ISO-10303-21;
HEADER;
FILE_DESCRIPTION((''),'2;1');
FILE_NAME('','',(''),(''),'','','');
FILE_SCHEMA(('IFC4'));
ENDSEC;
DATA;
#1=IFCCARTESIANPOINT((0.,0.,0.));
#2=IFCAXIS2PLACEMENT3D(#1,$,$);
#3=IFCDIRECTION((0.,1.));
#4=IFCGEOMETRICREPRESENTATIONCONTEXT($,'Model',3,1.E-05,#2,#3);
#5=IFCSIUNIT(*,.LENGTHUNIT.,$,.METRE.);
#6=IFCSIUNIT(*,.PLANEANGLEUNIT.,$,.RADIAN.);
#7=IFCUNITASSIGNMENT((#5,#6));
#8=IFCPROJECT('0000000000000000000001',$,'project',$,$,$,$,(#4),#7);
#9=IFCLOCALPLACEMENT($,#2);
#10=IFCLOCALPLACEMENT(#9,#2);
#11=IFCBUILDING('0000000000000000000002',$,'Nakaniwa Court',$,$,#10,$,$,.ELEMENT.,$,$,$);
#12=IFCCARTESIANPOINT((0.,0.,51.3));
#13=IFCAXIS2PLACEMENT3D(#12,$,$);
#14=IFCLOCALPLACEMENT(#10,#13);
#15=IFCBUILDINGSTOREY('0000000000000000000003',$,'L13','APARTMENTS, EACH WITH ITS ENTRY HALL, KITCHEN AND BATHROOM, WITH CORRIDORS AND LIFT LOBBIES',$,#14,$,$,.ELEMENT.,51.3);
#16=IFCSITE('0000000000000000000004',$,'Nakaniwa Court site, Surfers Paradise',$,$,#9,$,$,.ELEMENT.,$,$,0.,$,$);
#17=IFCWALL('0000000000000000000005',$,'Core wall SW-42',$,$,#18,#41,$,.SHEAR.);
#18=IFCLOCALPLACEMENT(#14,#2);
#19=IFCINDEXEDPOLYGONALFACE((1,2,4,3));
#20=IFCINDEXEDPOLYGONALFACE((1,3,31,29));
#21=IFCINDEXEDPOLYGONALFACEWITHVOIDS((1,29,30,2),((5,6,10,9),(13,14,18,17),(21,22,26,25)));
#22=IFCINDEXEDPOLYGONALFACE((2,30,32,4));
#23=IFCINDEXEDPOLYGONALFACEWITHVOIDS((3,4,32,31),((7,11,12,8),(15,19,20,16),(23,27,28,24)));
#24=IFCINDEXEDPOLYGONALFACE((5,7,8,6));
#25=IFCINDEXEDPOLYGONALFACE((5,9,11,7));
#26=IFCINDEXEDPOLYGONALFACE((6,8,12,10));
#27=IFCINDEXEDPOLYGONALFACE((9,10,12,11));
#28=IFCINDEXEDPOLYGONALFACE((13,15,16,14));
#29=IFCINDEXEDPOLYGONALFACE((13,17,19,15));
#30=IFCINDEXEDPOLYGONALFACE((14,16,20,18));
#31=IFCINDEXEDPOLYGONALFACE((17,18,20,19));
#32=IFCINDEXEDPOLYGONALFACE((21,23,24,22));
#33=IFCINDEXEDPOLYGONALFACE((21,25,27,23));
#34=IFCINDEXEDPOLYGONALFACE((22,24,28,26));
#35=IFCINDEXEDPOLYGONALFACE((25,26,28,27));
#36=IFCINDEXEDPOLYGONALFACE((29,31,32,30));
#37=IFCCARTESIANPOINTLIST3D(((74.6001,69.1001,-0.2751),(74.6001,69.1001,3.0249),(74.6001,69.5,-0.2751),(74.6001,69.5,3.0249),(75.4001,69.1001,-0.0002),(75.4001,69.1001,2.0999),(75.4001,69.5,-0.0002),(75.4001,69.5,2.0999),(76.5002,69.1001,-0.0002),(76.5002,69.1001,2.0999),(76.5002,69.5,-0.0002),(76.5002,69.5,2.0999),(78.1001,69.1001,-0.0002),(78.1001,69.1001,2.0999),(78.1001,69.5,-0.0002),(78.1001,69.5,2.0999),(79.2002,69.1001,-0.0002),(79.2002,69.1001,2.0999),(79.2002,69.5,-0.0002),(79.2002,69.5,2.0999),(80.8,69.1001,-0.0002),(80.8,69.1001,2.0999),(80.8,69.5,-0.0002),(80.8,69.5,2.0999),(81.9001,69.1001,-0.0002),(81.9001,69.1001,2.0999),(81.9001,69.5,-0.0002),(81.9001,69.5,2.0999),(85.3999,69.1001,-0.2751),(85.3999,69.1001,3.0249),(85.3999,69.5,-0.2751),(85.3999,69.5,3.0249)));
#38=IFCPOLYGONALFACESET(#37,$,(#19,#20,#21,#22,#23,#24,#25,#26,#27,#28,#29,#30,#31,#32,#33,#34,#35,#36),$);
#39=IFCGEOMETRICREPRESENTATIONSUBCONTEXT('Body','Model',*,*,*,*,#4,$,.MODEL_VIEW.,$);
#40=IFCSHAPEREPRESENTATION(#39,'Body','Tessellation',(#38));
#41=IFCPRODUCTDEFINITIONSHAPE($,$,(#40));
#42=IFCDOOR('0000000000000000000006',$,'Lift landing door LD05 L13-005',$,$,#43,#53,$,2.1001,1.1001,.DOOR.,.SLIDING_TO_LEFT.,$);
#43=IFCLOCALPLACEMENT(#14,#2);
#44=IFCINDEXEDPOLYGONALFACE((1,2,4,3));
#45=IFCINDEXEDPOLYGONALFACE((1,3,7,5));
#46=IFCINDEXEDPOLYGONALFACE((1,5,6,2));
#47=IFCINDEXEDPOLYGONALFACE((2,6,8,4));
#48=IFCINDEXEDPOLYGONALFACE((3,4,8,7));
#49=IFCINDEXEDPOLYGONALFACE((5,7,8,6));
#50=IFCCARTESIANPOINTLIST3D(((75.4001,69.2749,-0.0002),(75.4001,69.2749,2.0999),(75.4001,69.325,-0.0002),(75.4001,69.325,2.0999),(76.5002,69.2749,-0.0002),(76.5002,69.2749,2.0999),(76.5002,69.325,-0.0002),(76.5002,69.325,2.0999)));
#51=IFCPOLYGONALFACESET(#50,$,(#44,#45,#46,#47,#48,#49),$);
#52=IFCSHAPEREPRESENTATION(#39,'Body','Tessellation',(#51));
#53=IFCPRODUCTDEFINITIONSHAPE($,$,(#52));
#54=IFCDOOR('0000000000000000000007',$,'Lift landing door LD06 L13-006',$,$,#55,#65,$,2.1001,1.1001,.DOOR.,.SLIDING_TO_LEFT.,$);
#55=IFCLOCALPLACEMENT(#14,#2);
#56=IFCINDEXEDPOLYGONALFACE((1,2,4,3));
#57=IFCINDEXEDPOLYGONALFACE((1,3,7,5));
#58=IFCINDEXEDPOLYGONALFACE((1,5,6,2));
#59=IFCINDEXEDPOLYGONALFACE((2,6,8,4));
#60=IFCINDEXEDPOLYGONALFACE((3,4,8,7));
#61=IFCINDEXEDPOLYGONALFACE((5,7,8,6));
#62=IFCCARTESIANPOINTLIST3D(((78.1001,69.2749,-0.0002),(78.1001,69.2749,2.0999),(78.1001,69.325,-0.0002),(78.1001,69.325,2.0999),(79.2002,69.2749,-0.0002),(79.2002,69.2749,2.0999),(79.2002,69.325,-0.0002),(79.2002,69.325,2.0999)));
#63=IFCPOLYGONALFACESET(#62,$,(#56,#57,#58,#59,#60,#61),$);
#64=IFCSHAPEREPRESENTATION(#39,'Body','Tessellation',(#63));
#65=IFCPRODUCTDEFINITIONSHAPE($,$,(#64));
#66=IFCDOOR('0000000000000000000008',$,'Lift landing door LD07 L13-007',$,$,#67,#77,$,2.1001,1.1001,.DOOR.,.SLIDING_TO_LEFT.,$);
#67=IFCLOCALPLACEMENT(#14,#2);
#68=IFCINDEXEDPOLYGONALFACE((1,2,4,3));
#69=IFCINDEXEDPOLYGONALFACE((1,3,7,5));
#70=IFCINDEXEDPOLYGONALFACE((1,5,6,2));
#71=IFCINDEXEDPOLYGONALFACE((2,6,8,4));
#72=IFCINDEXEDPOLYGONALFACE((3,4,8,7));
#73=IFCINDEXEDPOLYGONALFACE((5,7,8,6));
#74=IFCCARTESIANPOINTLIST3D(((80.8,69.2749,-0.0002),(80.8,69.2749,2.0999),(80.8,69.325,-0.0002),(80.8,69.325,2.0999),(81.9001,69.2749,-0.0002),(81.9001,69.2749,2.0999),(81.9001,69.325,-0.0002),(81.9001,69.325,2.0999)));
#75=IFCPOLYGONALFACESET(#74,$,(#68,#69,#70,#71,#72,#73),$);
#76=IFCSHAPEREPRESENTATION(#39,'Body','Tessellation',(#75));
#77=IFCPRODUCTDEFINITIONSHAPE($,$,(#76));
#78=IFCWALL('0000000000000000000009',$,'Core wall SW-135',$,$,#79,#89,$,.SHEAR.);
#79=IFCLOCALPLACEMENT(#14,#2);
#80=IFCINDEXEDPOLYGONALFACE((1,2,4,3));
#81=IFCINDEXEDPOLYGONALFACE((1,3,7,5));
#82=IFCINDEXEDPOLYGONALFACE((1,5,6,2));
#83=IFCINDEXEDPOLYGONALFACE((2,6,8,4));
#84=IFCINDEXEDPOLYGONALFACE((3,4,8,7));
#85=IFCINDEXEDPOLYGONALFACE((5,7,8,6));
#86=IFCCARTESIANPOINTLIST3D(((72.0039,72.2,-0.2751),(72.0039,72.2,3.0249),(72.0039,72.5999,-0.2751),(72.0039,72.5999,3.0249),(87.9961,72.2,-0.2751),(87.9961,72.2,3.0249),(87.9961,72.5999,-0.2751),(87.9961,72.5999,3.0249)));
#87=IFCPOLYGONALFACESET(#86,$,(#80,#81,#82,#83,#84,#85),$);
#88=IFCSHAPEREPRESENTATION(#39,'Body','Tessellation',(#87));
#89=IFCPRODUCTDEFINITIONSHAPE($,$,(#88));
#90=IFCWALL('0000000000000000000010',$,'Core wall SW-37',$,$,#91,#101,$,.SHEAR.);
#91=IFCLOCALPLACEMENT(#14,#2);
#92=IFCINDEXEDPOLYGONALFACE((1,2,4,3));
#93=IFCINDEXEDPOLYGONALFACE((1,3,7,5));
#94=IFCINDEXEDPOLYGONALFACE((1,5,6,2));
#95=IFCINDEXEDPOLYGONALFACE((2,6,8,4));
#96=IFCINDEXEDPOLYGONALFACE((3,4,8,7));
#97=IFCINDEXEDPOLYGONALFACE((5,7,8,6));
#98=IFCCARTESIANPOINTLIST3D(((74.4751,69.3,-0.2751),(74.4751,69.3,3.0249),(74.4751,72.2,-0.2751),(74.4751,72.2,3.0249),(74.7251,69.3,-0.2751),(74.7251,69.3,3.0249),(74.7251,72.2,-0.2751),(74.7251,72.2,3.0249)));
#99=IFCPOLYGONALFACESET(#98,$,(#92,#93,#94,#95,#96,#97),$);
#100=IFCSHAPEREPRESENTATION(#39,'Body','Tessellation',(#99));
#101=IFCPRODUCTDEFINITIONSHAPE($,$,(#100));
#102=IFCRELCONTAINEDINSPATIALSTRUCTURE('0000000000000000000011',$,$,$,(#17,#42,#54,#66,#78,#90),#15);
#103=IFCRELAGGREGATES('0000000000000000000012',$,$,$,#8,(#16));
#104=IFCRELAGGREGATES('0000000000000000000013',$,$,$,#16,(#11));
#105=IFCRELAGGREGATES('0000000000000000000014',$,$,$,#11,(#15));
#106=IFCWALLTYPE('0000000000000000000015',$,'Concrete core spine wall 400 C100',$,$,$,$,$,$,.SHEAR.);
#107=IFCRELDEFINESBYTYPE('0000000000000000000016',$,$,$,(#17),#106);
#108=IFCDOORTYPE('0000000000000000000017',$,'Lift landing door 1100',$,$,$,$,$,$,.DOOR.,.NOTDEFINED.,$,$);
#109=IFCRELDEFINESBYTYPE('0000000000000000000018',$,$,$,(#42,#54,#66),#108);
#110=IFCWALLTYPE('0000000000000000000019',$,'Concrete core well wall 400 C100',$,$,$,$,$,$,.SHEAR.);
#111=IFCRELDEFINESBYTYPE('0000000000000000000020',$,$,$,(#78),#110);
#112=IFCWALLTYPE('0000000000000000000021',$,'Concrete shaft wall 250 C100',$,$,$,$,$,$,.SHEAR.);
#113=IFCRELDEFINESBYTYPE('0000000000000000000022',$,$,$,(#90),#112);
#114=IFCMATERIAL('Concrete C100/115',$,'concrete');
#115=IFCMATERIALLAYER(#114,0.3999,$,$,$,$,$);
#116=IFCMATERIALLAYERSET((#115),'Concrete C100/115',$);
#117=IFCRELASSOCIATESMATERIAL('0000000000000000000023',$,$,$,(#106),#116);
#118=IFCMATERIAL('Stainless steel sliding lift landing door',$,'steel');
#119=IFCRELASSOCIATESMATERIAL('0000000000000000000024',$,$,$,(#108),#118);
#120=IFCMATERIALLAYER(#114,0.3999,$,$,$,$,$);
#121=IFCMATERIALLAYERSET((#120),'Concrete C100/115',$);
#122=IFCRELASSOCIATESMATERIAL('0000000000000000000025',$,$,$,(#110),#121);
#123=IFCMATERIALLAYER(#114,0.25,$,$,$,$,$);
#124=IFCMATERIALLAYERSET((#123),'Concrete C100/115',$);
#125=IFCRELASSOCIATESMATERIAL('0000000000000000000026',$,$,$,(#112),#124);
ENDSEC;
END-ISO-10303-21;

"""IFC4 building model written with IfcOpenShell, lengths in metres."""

from ifc_helpers import new_model, si_unit, direction, frame, frame_2d, origin, place, context, subcontext, project, spatial, rectangle, extrude, material, layer, layer_set, type_object, element, fill, save


model = new_model("IFC4")

# Units and contexts
model_context = context("Model", 3, precision=1e-05, world=origin(), true_north=direction((0.0, 1.0)))
body_context = subcontext(model_context, "Body", "Model", "MODEL_VIEW")
ifc_project = project(units=[si_unit("LENGTHUNIT", "METRE"), si_unit("PLANEANGLEUNIT", "RADIAN")], contexts=[model_context])

# Site, building, storey
site_placement = place(None, origin())
site = spatial("IfcSite", under=ifc_project, at=site_placement, Name="Nakaniwa Court site, Surfers Paradise", CompositionType="ELEMENT", RefElevation=0.0)
building_placement = place(site_placement, origin())
building = spatial("IfcBuilding", under=site, at=building_placement, Name="Nakaniwa Court", CompositionType="ELEMENT")
storey_placement = place(building_placement, frame((0.0, 0.0, 51.3)))
storey = spatial("IfcBuildingStorey", under=building, at=storey_placement, Name="L13", Description="APARTMENTS, EACH WITH ITS ENTRY HALL, KITCHEN AND BATHROOM, WITH CORRIDORS AND LIFT LOBBIES", CompositionType="ELEMENT", Elevation=51.3)

# Shared definitions
ifc_material_1 = material(Name="Concrete C100/115", Category="concrete")

# Wall, openings, doors
ifc_layer_1 = layer(ifc_material_1, 0.3999)
ifc_layer_set_1 = layer_set([ifc_layer_1], Name="Concrete C100/115")
wall_type_1 = type_object("IfcWallType", Name="Concrete core spine wall 400 C100", PredefinedType="SHEAR", material=ifc_layer_set_1)
wall_1_placement = place(storey_placement, frame((74.6001, 69.3, -0.2751), z_axis=(0.0, 0.0, 1.0), x_axis=(1.0, 0.0, 0.0)))
wall_1 = element("IfcWall", 1, at=wall_1_placement, inside=storey, type_object=wall_type_1, Name="Core wall SW-42", PredefinedType="SHEAR", context=body_context, shape_type="SweptSolid", body=[
    extrude(rectangle(XDim=10.7998, YDim=0.3999, at=frame_2d((5.3999, 0.0))), origin(), (0.0, 0.0, 1.0), 3.3),
])
opening_1_placement = place(wall_1_placement, frame((0.8, 0.0, 0.2749)))
opening_1 = element("IfcOpeningElement", 2, at=opening_1_placement, cuts=wall_1, PredefinedType="OPENING", context=body_context, shape_type="SweptSolid", body=[
    extrude(rectangle(XDim=1.1001, YDim=2.1001, at=frame_2d((0.55, 1.05))), frame((0.0, 0.21, 0.0), z_axis=(0.0, -1.0, 0.0), x_axis=(1.0, 0.0, 0.0)), (0.0, 0.0, 1.0), 0.4199),
])
opening_2_placement = place(wall_1_placement, frame((3.5, 0.0, 0.2749)))
opening_2 = element("IfcOpeningElement", 3, at=opening_2_placement, cuts=wall_1, PredefinedType="OPENING", context=body_context, shape_type="SweptSolid", body=[
    extrude(rectangle(XDim=1.1001, YDim=2.1001, at=frame_2d((0.55, 1.05))), frame((0.0, 0.21, 0.0), z_axis=(0.0, -1.0, 0.0), x_axis=(1.0, 0.0, 0.0)), (0.0, 0.0, 1.0), 0.4199),
])
opening_3_placement = place(wall_1_placement, frame((6.2, 0.0, 0.2749)))
opening_3 = element("IfcOpeningElement", 4, at=opening_3_placement, cuts=wall_1, PredefinedType="OPENING", context=body_context, shape_type="SweptSolid", body=[
    extrude(rectangle(XDim=1.1001, YDim=2.1001, at=frame_2d((0.55, 1.05))), frame((0.0, 0.21, 0.0), z_axis=(0.0, -1.0, 0.0), x_axis=(1.0, 0.0, 0.0)), (0.0, 0.0, 1.0), 0.4199),
])
ifc_material_2 = material(Name="Stainless steel sliding lift landing door", Category="steel")
door_type_1 = type_object("IfcDoorType", Name="Lift landing door 1100", OperationType="NOTDEFINED", PredefinedType="DOOR", material=ifc_material_2)
door_1_placement = place(opening_1_placement, origin())
door_1 = element("IfcDoor", 5, at=door_1_placement, inside=storey, type_object=door_type_1, Name="Lift landing door LD05 L13-005", OperationType="SLIDING_TO_LEFT", OverallHeight=2.1001, OverallWidth=1.1001, PredefinedType="DOOR", context=body_context, shape_type="SweptSolid", body=[
    extrude(rectangle(XDim=1.1001, YDim=2.1001, at=frame_2d((0.55, 1.05))), frame((0.0, 0.0249, 0.0), z_axis=(0.0, -1.0, 0.0), x_axis=(1.0, 0.0, 0.0)), (0.0, 0.0, 1.0), 0.05),
])
fill(opening_1, door_1)
door_2_placement = place(opening_2_placement, origin())
door_2 = element("IfcDoor", 6, at=door_2_placement, inside=storey, type_object=door_type_1, Name="Lift landing door LD06 L13-006", OperationType="SLIDING_TO_LEFT", OverallHeight=2.1001, OverallWidth=1.1001, PredefinedType="DOOR", context=body_context, shape_type="SweptSolid", body=[
    extrude(rectangle(XDim=1.1001, YDim=2.1001, at=frame_2d((0.55, 1.05))), frame((0.0, 0.0249, 0.0), z_axis=(0.0, -1.0, 0.0), x_axis=(1.0, 0.0, 0.0)), (0.0, 0.0, 1.0), 0.05),
])
fill(opening_2, door_2)
door_3_placement = place(opening_3_placement, origin())
door_3 = element("IfcDoor", 7, at=door_3_placement, inside=storey, type_object=door_type_1, Name="Lift landing door LD07 L13-007", OperationType="SLIDING_TO_LEFT", OverallHeight=2.1001, OverallWidth=1.1001, PredefinedType="DOOR", context=body_context, shape_type="SweptSolid", body=[
    extrude(rectangle(XDim=1.1001, YDim=2.1001, at=frame_2d((0.55, 1.05))), frame((0.0, 0.0249, 0.0), z_axis=(0.0, -1.0, 0.0), x_axis=(1.0, 0.0, 0.0)), (0.0, 0.0, 1.0), 0.05),
])
fill(opening_3, door_3)

# Walls
ifc_layer_2 = layer(ifc_material_1, 0.3999)
ifc_layer_set_2 = layer_set([ifc_layer_2], Name="Concrete C100/115")
wall_type_2 = type_object("IfcWallType", Name="Concrete core well wall 400 C100", PredefinedType="SHEAR", material=ifc_layer_set_2)
wall_2_placement = place(storey_placement, frame((72.0039, 72.3999, -0.2751), z_axis=(0.0, 0.0, 1.0), x_axis=(1.0, 0.0, 0.0)))
element("IfcWall", 8, at=wall_2_placement, inside=storey, type_object=wall_type_2, Name="Core wall SW-135", PredefinedType="SHEAR", context=body_context, shape_type="SweptSolid", body=[
    extrude(rectangle(XDim=15.9922, YDim=0.3999, at=frame_2d((7.9961, 0.0))), origin(), (0.0, 0.0, 1.0), 3.3),
])
ifc_layer_3 = layer(ifc_material_1, 0.25)
ifc_layer_set_3 = layer_set([ifc_layer_3], Name="Concrete C100/115")
wall_type_3 = type_object("IfcWallType", Name="Concrete shaft wall 250 C100", PredefinedType="SHEAR", material=ifc_layer_set_3)
wall_3_placement = place(storey_placement, frame((74.6001, 69.3, -0.2751), z_axis=(0.0, 0.0, 1.0), x_axis=(0.0, 1.0, 0.0)))
element("IfcWall", 9, at=wall_3_placement, inside=storey, type_object=wall_type_3, Name="Core wall SW-37", PredefinedType="SHEAR", context=body_context, shape_type="SweptSolid", body=[
    extrude(rectangle(XDim=2.8999, YDim=0.25, at=frame_2d((1.45, 0.0))), origin(), (0.0, 0.0, 1.0), 3.3),
])

save(model, "model.ifc")
